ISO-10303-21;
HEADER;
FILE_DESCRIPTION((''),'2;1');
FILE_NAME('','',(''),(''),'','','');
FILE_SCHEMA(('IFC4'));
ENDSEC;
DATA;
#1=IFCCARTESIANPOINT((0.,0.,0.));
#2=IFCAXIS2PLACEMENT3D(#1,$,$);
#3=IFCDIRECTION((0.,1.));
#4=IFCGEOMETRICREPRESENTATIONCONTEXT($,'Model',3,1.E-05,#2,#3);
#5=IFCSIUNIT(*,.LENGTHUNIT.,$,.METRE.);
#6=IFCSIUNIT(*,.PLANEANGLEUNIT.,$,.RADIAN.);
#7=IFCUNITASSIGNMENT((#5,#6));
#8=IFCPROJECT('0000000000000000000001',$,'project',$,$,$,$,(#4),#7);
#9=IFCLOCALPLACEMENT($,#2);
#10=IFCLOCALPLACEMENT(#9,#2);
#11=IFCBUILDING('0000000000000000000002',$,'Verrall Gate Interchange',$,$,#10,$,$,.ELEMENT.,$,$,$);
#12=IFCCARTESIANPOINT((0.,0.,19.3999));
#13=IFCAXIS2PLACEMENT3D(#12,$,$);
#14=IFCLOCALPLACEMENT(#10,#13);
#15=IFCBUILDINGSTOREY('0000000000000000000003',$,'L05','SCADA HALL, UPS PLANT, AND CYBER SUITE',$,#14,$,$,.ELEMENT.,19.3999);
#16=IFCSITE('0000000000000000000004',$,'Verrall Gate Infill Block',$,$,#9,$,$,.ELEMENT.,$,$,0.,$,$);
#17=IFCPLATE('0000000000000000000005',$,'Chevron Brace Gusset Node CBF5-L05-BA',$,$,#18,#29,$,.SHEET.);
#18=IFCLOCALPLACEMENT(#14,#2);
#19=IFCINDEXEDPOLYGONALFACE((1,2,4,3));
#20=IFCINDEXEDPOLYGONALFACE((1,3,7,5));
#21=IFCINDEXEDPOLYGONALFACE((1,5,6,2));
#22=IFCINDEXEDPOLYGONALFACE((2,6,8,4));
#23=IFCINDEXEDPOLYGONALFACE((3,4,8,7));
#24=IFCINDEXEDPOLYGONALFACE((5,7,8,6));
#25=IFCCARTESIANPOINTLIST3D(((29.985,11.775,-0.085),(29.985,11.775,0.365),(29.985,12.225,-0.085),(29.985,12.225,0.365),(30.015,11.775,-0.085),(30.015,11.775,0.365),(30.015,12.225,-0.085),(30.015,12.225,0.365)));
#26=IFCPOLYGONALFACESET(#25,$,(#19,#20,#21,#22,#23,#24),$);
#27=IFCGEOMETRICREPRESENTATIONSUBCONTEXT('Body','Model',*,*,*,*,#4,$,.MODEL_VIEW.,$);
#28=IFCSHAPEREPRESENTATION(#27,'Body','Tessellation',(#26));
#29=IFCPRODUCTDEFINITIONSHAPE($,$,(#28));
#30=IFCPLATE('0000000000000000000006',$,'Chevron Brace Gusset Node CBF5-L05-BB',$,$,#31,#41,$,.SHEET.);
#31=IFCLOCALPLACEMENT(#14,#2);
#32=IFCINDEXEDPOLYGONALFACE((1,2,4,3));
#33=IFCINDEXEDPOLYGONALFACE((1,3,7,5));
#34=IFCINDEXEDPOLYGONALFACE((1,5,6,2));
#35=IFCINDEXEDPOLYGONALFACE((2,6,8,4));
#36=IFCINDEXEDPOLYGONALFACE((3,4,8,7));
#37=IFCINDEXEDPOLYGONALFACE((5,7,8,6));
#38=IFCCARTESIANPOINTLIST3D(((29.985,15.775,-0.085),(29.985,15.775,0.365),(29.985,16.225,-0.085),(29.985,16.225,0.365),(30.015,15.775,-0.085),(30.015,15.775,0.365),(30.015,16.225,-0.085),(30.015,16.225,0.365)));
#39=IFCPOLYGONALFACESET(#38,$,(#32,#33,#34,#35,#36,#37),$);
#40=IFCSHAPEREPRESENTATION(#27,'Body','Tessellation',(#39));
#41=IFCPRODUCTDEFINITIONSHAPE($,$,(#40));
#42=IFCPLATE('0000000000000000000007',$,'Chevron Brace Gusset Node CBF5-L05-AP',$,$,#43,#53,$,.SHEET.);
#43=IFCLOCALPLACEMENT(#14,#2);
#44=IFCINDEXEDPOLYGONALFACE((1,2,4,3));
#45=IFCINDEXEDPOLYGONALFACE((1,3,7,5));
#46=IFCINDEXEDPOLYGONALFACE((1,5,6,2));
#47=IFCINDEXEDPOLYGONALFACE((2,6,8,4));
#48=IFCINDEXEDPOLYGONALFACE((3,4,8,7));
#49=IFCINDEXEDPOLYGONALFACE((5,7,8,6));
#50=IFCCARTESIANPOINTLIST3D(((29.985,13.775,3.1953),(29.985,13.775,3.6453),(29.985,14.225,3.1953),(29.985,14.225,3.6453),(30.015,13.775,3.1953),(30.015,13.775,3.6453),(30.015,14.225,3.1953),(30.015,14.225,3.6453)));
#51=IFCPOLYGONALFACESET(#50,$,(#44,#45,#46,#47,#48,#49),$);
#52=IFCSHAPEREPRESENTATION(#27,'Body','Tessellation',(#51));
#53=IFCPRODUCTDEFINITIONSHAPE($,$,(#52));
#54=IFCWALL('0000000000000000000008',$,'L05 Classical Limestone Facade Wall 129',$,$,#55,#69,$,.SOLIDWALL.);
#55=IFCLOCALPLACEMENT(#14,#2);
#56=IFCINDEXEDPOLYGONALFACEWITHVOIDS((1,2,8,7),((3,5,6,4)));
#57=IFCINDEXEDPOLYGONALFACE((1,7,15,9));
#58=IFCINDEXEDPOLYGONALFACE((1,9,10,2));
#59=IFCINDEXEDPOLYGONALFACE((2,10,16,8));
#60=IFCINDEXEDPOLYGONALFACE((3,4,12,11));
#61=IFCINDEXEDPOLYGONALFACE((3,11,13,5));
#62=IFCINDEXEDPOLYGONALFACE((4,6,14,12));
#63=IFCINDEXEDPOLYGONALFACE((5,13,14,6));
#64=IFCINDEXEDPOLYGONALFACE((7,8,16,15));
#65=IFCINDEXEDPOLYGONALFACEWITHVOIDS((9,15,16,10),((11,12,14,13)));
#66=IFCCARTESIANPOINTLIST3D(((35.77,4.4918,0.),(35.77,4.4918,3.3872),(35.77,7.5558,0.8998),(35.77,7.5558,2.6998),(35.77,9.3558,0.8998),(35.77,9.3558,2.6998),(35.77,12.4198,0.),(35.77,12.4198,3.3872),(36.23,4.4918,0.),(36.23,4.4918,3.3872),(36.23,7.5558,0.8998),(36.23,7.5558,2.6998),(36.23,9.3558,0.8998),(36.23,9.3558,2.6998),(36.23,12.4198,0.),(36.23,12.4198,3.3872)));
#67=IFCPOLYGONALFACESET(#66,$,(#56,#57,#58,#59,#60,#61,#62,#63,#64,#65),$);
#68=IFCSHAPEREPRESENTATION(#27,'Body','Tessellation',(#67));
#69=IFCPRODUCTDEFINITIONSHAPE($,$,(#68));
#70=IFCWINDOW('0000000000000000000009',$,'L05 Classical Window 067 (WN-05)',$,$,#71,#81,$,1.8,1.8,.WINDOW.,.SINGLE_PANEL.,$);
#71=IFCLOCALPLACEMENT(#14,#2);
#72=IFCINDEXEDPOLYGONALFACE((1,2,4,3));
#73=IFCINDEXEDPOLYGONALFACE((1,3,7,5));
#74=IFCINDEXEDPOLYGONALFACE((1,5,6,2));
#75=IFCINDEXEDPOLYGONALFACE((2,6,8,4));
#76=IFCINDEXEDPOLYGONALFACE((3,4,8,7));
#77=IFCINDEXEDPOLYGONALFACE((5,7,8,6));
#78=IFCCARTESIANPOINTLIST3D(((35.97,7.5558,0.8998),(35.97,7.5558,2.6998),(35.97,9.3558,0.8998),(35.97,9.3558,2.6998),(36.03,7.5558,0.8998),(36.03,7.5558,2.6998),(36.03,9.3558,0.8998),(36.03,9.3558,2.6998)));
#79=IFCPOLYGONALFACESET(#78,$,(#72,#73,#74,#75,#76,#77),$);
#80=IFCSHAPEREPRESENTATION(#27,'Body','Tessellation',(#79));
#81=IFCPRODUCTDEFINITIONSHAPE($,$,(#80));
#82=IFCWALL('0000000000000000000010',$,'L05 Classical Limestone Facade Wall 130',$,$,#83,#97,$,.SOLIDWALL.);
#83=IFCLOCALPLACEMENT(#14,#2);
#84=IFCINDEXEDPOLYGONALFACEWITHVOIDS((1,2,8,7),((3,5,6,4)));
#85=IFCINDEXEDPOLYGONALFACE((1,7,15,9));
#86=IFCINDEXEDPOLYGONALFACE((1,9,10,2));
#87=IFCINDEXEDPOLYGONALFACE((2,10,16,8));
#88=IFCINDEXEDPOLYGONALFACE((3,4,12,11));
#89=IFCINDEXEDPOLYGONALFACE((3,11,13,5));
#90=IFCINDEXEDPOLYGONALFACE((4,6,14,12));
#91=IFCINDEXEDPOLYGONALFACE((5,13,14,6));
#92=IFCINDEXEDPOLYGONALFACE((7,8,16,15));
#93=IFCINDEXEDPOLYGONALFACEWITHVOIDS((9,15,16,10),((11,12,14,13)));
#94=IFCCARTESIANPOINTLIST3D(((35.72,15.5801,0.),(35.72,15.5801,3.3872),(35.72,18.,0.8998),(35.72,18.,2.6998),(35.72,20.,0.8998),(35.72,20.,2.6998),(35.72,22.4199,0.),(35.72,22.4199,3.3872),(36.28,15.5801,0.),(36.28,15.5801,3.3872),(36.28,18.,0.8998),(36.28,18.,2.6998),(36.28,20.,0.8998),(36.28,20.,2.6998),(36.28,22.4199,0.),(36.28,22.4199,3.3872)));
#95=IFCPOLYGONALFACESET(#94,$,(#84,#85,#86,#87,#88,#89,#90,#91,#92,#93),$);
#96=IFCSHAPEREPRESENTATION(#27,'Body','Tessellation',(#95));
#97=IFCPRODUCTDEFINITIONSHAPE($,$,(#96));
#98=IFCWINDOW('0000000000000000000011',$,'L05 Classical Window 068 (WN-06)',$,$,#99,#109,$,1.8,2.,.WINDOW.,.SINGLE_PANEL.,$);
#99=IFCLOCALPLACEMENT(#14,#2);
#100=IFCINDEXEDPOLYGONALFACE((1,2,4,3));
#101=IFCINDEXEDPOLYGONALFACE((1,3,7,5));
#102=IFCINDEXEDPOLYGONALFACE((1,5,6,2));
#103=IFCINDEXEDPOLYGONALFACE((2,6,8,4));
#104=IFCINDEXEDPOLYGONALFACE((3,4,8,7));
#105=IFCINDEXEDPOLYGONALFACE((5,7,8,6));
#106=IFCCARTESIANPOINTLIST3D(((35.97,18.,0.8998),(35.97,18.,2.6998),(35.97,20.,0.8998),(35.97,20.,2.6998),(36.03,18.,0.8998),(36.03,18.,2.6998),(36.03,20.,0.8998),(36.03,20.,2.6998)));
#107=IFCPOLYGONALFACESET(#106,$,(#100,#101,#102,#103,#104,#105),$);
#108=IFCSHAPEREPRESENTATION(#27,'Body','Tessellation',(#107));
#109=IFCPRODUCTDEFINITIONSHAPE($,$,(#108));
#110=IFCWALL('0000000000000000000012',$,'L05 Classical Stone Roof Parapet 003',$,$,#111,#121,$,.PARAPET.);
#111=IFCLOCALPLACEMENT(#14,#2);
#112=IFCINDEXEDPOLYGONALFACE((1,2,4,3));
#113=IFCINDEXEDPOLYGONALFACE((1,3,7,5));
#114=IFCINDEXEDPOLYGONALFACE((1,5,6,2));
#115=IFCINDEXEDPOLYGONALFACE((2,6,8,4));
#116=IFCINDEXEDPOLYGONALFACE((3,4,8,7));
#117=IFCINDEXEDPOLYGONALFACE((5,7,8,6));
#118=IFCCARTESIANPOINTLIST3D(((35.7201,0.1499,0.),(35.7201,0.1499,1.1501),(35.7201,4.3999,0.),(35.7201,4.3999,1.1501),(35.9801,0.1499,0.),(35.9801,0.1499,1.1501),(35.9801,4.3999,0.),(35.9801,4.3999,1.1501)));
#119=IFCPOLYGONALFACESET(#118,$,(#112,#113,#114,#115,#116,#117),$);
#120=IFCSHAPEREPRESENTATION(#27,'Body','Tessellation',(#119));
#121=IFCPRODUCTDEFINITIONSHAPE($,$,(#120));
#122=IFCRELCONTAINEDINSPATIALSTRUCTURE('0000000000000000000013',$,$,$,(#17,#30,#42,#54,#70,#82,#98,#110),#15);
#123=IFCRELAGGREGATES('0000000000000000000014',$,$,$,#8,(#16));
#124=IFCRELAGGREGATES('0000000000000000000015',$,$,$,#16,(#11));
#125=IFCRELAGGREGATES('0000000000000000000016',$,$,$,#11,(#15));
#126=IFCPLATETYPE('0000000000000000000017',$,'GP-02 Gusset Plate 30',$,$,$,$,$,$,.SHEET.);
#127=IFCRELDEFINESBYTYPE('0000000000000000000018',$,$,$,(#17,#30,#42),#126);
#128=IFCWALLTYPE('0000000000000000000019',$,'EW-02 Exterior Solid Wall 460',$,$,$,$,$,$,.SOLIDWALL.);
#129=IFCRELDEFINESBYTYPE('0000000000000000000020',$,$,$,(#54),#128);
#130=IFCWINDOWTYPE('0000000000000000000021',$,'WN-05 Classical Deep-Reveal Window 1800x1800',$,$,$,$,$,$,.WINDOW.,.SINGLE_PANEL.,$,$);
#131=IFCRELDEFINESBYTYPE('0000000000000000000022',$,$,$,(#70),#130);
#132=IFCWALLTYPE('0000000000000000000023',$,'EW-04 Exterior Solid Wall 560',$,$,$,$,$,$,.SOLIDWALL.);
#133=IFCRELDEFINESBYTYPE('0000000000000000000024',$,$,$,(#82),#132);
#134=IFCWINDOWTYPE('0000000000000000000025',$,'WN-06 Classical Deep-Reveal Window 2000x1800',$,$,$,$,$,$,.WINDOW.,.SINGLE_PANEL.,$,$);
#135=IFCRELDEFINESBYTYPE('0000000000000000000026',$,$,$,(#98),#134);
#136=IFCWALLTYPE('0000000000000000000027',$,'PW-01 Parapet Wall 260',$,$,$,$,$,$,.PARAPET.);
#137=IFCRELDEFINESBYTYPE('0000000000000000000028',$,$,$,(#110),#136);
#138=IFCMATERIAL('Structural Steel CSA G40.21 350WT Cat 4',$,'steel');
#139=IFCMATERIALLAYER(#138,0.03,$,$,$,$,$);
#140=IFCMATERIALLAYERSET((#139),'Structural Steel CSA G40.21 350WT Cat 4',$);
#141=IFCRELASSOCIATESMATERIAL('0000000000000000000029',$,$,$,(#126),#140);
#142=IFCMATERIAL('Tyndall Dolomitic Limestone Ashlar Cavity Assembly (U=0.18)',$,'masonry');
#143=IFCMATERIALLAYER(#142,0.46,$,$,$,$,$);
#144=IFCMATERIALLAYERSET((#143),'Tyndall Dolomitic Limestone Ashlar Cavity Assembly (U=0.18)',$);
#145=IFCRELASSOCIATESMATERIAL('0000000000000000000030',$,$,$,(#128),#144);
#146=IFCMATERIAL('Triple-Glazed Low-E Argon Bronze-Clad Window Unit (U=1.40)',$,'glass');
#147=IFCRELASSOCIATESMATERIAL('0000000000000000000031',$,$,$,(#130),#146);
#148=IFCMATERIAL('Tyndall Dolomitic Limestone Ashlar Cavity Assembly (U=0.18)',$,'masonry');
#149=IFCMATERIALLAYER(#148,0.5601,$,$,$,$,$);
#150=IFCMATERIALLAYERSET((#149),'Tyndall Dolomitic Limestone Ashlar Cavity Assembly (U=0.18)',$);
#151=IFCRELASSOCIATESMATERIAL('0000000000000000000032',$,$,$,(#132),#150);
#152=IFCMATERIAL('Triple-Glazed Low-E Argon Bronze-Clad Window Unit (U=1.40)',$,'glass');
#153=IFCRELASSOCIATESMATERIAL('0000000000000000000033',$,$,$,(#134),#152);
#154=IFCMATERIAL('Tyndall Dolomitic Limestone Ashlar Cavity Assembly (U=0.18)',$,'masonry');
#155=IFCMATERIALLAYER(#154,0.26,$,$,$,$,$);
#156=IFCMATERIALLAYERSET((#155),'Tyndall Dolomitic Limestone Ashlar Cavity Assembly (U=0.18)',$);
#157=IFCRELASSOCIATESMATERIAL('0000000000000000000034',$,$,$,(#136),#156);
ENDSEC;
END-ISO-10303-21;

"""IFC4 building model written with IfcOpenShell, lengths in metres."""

from ifc_helpers import new_model, si_unit, direction, frame, frame_2d, origin, origin_2d, place, context, subcontext, project, spatial, rectangle, extrude, material, layer, layer_set, type_object, element, fill, save


model = new_model("IFC4")

# Units and contexts
model_context = context("Model", 3, precision=1e-05, world=origin(), true_north=direction((0.0, 1.0)))
body_context = subcontext(model_context, "Body", "Model", "MODEL_VIEW")
ifc_project = project(units=[si_unit("LENGTHUNIT", "METRE"), si_unit("PLANEANGLEUNIT", "RADIAN")], contexts=[model_context])

# Site, building, storey
site_placement = place(None, origin())
site = spatial("IfcSite", under=ifc_project, at=site_placement, Name="Verrall Gate Infill Block", CompositionType="ELEMENT", RefElevation=0.0)
building_placement = place(site_placement, origin())
building = spatial("IfcBuilding", under=site, at=building_placement, Name="Verrall Gate Interchange", CompositionType="ELEMENT")
storey_placement = place(building_placement, frame((0.0, 0.0, 19.3999)))
storey = spatial("IfcBuildingStorey", under=building, at=storey_placement, Name="L05", Description="SCADA HALL, UPS PLANT, AND CYBER SUITE", CompositionType="ELEMENT", Elevation=19.3999)

# Plates
ifc_material_1 = material(Name="Structural Steel CSA G40.21 350WT Cat 4", Category="steel")
ifc_layer_1 = layer(ifc_material_1, 0.03)
ifc_layer_set_1 = layer_set([ifc_layer_1], Name="Structural Steel CSA G40.21 350WT Cat 4")
plate_type_1 = type_object("IfcPlateType", Name="GP-02 Gusset Plate 30", PredefinedType="SHEET", material=ifc_layer_set_1)
for number, where, z_axis, x_axis, name in (
    (1, (30.0, 12.0, -0.085), (0.0, 0.0, 1.0), (1.0, 0.0, 0.0), "Chevron Brace Gusset Node CBF5-L05-BA"),
    (2, (30.0, 16.0, -0.085), (0.0, 0.0, 1.0), (1.0, 0.0, 0.0), "Chevron Brace Gusset Node CBF5-L05-BB"),
    (3, (30.0, 14.0, 3.1953), (0.0, 0.0, 1.0), (1.0, 0.0, 0.0), "Chevron Brace Gusset Node CBF5-L05-AP"),
):
    element("IfcPlate", number, at=place(storey_placement, frame(where, z_axis=z_axis, x_axis=x_axis)), inside=storey, type_object=plate_type_1, Name=name, PredefinedType="SHEET", context=body_context, shape_type="SweptSolid", body=[
        extrude(rectangle(XDim=0.03, YDim=0.45, at=origin_2d()), origin(), (0.0, 0.0, 1.0), 0.45),
    ])

# Walls, openings, windows
ifc_material_2 = material(Name="Tyndall Dolomitic Limestone Ashlar Cavity Assembly (U=0.18)", Category="masonry")
ifc_layer_2 = layer(ifc_material_2, 0.46)
ifc_layer_set_2 = layer_set([ifc_layer_2], Name="Tyndall Dolomitic Limestone Ashlar Cavity Assembly (U=0.18)")
wall_type_1 = type_object("IfcWallType", Name="EW-02 Exterior Solid Wall 460", PredefinedType="SOLIDWALL", material=ifc_layer_set_2)
wall_1_placement = place(storey_placement, frame((36.0, 4.4919, 0.0), z_axis=(0.0, 0.0, 1.0), x_axis=(0.0, 1.0, 0.0)))
wall_1 = element("IfcWall", 4, at=wall_1_placement, inside=storey, type_object=wall_type_1, Name="L05 Classical Limestone Facade Wall 129", PredefinedType="SOLIDWALL", context=body_context, shape_type="SweptSolid", body=[
    extrude(rectangle(XDim=7.928, YDim=0.46, at=frame_2d((3.9639, 0.0))), origin(), (0.0, 0.0, 1.0), 3.3872),
])
opening_1_placement = place(wall_1_placement, frame((3.064, 0.0, 0.8999)))
opening_1 = element("IfcOpeningElement", 5, at=opening_1_placement, cuts=wall_1, PredefinedType="OPENING", context=body_context, shape_type="SweptSolid", body=[
    extrude(rectangle(XDim=1.8, YDim=1.8, at=frame_2d((0.8999, 0.8999))), frame((0.0, 0.2449, 0.0), z_axis=(0.0, -1.0, 0.0), x_axis=(1.0, 0.0, 0.0)), (0.0, 0.0, 1.0), 0.4897),
])
ifc_material_3 = material(Name="Triple-Glazed Low-E Argon Bronze-Clad Window Unit (U=1.40)", Category="glass")
window_type_1 = type_object("IfcWindowType", Name="WN-05 Classical Deep-Reveal Window 1800x1800", PartitioningType="SINGLE_PANEL", PredefinedType="WINDOW", material=ifc_material_3)
window_1_placement = place(opening_1_placement, origin())
window_1 = element("IfcWindow", 6, at=window_1_placement, inside=storey, type_object=window_type_1, Name="L05 Classical Window 067 (WN-05)", OverallHeight=1.8, OverallWidth=1.8, PartitioningType="SINGLE_PANEL", PredefinedType="WINDOW", context=body_context, shape_type="SweptSolid", body=[
    extrude(rectangle(XDim=1.8, YDim=1.8, at=frame_2d((0.8999, 0.8999))), frame((0.0, 0.03, 0.0), z_axis=(0.0, -1.0, 0.0), x_axis=(1.0, 0.0, 0.0)), (0.0, 0.0, 1.0), 0.0601),
])
fill(opening_1, window_1)
ifc_material_4 = material(Name="Tyndall Dolomitic Limestone Ashlar Cavity Assembly (U=0.18)", Category="masonry")
ifc_layer_3 = layer(ifc_material_4, 0.5601)
ifc_layer_set_3 = layer_set([ifc_layer_3], Name="Tyndall Dolomitic Limestone Ashlar Cavity Assembly (U=0.18)")
wall_type_2 = type_object("IfcWallType", Name="EW-04 Exterior Solid Wall 560", PredefinedType="SOLIDWALL", material=ifc_layer_set_3)
wall_2_placement = place(storey_placement, frame((36.0, 15.5801, 0.0), z_axis=(0.0, 0.0, 1.0), x_axis=(0.0, 1.0, 0.0)))
wall_2 = element("IfcWall", 7, at=wall_2_placement, inside=storey, type_object=wall_type_2, Name="L05 Classical Limestone Facade Wall 130", PredefinedType="SOLIDWALL", context=body_context, shape_type="SweptSolid", body=[
    extrude(rectangle(XDim=6.8398, YDim=0.5601, at=frame_2d((3.4199, 0.0))), origin(), (0.0, 0.0, 1.0), 3.3872),
])
opening_2_placement = place(wall_2_placement, frame((2.4199, 0.0, 0.8999)))
opening_2 = element("IfcOpeningElement", 8, at=opening_2_placement, cuts=wall_2, PredefinedType="OPENING", context=body_context, shape_type="SweptSolid", body=[
    extrude(rectangle(XDim=2.0, YDim=1.8, at=frame_2d((1.0, 0.8999))), frame((0.0, 0.2949, 0.0), z_axis=(0.0, -1.0, 0.0), x_axis=(1.0, 0.0, 0.0)), (0.0, 0.0, 1.0), 0.5898),
])
ifc_material_5 = material(Name="Triple-Glazed Low-E Argon Bronze-Clad Window Unit (U=1.40)", Category="glass")
window_type_2 = type_object("IfcWindowType", Name="WN-06 Classical Deep-Reveal Window 2000x1800", PartitioningType="SINGLE_PANEL", PredefinedType="WINDOW", material=ifc_material_5)
window_2_placement = place(opening_2_placement, origin())
window_2 = element("IfcWindow", 9, at=window_2_placement, inside=storey, type_object=window_type_2, Name="L05 Classical Window 068 (WN-06)", OverallHeight=1.8, OverallWidth=2.0, PartitioningType="SINGLE_PANEL", PredefinedType="WINDOW", context=body_context, shape_type="SweptSolid", body=[
    extrude(rectangle(XDim=2.0, YDim=1.8, at=frame_2d((1.0, 0.8999))), frame((0.0, 0.03, 0.0), z_axis=(0.0, -1.0, 0.0), x_axis=(1.0, 0.0, 0.0)), (0.0, 0.0, 1.0), 0.0601),
])
fill(opening_2, window_2)

# Wall
ifc_material_6 = material(Name="Tyndall Dolomitic Limestone Ashlar Cavity Assembly (U=0.18)", Category="masonry")
ifc_layer_4 = layer(ifc_material_6, 0.26)
ifc_layer_set_4 = layer_set([ifc_layer_4], Name="Tyndall Dolomitic Limestone Ashlar Cavity Assembly (U=0.18)")
wall_type_3 = type_object("IfcWallType", Name="PW-01 Parapet Wall 260", PredefinedType="PARAPET", material=ifc_layer_set_4)
wall_3_placement = place(storey_placement, frame((35.8501, 0.1499, 0.0), z_axis=(0.0, 0.0, 1.0), x_axis=(0.0, 1.0, 0.0)))
element("IfcWall", 10, at=wall_3_placement, inside=storey, type_object=wall_type_3, Name="L05 Classical Stone Roof Parapet 003", PredefinedType="PARAPET", context=body_context, shape_type="SweptSolid", body=[
    extrude(rectangle(XDim=4.25, YDim=0.26, at=frame_2d((2.125, 0.0))), origin(), (0.0, 0.0, 1.0), 1.1501),
])

save(model, "model.ifc")
